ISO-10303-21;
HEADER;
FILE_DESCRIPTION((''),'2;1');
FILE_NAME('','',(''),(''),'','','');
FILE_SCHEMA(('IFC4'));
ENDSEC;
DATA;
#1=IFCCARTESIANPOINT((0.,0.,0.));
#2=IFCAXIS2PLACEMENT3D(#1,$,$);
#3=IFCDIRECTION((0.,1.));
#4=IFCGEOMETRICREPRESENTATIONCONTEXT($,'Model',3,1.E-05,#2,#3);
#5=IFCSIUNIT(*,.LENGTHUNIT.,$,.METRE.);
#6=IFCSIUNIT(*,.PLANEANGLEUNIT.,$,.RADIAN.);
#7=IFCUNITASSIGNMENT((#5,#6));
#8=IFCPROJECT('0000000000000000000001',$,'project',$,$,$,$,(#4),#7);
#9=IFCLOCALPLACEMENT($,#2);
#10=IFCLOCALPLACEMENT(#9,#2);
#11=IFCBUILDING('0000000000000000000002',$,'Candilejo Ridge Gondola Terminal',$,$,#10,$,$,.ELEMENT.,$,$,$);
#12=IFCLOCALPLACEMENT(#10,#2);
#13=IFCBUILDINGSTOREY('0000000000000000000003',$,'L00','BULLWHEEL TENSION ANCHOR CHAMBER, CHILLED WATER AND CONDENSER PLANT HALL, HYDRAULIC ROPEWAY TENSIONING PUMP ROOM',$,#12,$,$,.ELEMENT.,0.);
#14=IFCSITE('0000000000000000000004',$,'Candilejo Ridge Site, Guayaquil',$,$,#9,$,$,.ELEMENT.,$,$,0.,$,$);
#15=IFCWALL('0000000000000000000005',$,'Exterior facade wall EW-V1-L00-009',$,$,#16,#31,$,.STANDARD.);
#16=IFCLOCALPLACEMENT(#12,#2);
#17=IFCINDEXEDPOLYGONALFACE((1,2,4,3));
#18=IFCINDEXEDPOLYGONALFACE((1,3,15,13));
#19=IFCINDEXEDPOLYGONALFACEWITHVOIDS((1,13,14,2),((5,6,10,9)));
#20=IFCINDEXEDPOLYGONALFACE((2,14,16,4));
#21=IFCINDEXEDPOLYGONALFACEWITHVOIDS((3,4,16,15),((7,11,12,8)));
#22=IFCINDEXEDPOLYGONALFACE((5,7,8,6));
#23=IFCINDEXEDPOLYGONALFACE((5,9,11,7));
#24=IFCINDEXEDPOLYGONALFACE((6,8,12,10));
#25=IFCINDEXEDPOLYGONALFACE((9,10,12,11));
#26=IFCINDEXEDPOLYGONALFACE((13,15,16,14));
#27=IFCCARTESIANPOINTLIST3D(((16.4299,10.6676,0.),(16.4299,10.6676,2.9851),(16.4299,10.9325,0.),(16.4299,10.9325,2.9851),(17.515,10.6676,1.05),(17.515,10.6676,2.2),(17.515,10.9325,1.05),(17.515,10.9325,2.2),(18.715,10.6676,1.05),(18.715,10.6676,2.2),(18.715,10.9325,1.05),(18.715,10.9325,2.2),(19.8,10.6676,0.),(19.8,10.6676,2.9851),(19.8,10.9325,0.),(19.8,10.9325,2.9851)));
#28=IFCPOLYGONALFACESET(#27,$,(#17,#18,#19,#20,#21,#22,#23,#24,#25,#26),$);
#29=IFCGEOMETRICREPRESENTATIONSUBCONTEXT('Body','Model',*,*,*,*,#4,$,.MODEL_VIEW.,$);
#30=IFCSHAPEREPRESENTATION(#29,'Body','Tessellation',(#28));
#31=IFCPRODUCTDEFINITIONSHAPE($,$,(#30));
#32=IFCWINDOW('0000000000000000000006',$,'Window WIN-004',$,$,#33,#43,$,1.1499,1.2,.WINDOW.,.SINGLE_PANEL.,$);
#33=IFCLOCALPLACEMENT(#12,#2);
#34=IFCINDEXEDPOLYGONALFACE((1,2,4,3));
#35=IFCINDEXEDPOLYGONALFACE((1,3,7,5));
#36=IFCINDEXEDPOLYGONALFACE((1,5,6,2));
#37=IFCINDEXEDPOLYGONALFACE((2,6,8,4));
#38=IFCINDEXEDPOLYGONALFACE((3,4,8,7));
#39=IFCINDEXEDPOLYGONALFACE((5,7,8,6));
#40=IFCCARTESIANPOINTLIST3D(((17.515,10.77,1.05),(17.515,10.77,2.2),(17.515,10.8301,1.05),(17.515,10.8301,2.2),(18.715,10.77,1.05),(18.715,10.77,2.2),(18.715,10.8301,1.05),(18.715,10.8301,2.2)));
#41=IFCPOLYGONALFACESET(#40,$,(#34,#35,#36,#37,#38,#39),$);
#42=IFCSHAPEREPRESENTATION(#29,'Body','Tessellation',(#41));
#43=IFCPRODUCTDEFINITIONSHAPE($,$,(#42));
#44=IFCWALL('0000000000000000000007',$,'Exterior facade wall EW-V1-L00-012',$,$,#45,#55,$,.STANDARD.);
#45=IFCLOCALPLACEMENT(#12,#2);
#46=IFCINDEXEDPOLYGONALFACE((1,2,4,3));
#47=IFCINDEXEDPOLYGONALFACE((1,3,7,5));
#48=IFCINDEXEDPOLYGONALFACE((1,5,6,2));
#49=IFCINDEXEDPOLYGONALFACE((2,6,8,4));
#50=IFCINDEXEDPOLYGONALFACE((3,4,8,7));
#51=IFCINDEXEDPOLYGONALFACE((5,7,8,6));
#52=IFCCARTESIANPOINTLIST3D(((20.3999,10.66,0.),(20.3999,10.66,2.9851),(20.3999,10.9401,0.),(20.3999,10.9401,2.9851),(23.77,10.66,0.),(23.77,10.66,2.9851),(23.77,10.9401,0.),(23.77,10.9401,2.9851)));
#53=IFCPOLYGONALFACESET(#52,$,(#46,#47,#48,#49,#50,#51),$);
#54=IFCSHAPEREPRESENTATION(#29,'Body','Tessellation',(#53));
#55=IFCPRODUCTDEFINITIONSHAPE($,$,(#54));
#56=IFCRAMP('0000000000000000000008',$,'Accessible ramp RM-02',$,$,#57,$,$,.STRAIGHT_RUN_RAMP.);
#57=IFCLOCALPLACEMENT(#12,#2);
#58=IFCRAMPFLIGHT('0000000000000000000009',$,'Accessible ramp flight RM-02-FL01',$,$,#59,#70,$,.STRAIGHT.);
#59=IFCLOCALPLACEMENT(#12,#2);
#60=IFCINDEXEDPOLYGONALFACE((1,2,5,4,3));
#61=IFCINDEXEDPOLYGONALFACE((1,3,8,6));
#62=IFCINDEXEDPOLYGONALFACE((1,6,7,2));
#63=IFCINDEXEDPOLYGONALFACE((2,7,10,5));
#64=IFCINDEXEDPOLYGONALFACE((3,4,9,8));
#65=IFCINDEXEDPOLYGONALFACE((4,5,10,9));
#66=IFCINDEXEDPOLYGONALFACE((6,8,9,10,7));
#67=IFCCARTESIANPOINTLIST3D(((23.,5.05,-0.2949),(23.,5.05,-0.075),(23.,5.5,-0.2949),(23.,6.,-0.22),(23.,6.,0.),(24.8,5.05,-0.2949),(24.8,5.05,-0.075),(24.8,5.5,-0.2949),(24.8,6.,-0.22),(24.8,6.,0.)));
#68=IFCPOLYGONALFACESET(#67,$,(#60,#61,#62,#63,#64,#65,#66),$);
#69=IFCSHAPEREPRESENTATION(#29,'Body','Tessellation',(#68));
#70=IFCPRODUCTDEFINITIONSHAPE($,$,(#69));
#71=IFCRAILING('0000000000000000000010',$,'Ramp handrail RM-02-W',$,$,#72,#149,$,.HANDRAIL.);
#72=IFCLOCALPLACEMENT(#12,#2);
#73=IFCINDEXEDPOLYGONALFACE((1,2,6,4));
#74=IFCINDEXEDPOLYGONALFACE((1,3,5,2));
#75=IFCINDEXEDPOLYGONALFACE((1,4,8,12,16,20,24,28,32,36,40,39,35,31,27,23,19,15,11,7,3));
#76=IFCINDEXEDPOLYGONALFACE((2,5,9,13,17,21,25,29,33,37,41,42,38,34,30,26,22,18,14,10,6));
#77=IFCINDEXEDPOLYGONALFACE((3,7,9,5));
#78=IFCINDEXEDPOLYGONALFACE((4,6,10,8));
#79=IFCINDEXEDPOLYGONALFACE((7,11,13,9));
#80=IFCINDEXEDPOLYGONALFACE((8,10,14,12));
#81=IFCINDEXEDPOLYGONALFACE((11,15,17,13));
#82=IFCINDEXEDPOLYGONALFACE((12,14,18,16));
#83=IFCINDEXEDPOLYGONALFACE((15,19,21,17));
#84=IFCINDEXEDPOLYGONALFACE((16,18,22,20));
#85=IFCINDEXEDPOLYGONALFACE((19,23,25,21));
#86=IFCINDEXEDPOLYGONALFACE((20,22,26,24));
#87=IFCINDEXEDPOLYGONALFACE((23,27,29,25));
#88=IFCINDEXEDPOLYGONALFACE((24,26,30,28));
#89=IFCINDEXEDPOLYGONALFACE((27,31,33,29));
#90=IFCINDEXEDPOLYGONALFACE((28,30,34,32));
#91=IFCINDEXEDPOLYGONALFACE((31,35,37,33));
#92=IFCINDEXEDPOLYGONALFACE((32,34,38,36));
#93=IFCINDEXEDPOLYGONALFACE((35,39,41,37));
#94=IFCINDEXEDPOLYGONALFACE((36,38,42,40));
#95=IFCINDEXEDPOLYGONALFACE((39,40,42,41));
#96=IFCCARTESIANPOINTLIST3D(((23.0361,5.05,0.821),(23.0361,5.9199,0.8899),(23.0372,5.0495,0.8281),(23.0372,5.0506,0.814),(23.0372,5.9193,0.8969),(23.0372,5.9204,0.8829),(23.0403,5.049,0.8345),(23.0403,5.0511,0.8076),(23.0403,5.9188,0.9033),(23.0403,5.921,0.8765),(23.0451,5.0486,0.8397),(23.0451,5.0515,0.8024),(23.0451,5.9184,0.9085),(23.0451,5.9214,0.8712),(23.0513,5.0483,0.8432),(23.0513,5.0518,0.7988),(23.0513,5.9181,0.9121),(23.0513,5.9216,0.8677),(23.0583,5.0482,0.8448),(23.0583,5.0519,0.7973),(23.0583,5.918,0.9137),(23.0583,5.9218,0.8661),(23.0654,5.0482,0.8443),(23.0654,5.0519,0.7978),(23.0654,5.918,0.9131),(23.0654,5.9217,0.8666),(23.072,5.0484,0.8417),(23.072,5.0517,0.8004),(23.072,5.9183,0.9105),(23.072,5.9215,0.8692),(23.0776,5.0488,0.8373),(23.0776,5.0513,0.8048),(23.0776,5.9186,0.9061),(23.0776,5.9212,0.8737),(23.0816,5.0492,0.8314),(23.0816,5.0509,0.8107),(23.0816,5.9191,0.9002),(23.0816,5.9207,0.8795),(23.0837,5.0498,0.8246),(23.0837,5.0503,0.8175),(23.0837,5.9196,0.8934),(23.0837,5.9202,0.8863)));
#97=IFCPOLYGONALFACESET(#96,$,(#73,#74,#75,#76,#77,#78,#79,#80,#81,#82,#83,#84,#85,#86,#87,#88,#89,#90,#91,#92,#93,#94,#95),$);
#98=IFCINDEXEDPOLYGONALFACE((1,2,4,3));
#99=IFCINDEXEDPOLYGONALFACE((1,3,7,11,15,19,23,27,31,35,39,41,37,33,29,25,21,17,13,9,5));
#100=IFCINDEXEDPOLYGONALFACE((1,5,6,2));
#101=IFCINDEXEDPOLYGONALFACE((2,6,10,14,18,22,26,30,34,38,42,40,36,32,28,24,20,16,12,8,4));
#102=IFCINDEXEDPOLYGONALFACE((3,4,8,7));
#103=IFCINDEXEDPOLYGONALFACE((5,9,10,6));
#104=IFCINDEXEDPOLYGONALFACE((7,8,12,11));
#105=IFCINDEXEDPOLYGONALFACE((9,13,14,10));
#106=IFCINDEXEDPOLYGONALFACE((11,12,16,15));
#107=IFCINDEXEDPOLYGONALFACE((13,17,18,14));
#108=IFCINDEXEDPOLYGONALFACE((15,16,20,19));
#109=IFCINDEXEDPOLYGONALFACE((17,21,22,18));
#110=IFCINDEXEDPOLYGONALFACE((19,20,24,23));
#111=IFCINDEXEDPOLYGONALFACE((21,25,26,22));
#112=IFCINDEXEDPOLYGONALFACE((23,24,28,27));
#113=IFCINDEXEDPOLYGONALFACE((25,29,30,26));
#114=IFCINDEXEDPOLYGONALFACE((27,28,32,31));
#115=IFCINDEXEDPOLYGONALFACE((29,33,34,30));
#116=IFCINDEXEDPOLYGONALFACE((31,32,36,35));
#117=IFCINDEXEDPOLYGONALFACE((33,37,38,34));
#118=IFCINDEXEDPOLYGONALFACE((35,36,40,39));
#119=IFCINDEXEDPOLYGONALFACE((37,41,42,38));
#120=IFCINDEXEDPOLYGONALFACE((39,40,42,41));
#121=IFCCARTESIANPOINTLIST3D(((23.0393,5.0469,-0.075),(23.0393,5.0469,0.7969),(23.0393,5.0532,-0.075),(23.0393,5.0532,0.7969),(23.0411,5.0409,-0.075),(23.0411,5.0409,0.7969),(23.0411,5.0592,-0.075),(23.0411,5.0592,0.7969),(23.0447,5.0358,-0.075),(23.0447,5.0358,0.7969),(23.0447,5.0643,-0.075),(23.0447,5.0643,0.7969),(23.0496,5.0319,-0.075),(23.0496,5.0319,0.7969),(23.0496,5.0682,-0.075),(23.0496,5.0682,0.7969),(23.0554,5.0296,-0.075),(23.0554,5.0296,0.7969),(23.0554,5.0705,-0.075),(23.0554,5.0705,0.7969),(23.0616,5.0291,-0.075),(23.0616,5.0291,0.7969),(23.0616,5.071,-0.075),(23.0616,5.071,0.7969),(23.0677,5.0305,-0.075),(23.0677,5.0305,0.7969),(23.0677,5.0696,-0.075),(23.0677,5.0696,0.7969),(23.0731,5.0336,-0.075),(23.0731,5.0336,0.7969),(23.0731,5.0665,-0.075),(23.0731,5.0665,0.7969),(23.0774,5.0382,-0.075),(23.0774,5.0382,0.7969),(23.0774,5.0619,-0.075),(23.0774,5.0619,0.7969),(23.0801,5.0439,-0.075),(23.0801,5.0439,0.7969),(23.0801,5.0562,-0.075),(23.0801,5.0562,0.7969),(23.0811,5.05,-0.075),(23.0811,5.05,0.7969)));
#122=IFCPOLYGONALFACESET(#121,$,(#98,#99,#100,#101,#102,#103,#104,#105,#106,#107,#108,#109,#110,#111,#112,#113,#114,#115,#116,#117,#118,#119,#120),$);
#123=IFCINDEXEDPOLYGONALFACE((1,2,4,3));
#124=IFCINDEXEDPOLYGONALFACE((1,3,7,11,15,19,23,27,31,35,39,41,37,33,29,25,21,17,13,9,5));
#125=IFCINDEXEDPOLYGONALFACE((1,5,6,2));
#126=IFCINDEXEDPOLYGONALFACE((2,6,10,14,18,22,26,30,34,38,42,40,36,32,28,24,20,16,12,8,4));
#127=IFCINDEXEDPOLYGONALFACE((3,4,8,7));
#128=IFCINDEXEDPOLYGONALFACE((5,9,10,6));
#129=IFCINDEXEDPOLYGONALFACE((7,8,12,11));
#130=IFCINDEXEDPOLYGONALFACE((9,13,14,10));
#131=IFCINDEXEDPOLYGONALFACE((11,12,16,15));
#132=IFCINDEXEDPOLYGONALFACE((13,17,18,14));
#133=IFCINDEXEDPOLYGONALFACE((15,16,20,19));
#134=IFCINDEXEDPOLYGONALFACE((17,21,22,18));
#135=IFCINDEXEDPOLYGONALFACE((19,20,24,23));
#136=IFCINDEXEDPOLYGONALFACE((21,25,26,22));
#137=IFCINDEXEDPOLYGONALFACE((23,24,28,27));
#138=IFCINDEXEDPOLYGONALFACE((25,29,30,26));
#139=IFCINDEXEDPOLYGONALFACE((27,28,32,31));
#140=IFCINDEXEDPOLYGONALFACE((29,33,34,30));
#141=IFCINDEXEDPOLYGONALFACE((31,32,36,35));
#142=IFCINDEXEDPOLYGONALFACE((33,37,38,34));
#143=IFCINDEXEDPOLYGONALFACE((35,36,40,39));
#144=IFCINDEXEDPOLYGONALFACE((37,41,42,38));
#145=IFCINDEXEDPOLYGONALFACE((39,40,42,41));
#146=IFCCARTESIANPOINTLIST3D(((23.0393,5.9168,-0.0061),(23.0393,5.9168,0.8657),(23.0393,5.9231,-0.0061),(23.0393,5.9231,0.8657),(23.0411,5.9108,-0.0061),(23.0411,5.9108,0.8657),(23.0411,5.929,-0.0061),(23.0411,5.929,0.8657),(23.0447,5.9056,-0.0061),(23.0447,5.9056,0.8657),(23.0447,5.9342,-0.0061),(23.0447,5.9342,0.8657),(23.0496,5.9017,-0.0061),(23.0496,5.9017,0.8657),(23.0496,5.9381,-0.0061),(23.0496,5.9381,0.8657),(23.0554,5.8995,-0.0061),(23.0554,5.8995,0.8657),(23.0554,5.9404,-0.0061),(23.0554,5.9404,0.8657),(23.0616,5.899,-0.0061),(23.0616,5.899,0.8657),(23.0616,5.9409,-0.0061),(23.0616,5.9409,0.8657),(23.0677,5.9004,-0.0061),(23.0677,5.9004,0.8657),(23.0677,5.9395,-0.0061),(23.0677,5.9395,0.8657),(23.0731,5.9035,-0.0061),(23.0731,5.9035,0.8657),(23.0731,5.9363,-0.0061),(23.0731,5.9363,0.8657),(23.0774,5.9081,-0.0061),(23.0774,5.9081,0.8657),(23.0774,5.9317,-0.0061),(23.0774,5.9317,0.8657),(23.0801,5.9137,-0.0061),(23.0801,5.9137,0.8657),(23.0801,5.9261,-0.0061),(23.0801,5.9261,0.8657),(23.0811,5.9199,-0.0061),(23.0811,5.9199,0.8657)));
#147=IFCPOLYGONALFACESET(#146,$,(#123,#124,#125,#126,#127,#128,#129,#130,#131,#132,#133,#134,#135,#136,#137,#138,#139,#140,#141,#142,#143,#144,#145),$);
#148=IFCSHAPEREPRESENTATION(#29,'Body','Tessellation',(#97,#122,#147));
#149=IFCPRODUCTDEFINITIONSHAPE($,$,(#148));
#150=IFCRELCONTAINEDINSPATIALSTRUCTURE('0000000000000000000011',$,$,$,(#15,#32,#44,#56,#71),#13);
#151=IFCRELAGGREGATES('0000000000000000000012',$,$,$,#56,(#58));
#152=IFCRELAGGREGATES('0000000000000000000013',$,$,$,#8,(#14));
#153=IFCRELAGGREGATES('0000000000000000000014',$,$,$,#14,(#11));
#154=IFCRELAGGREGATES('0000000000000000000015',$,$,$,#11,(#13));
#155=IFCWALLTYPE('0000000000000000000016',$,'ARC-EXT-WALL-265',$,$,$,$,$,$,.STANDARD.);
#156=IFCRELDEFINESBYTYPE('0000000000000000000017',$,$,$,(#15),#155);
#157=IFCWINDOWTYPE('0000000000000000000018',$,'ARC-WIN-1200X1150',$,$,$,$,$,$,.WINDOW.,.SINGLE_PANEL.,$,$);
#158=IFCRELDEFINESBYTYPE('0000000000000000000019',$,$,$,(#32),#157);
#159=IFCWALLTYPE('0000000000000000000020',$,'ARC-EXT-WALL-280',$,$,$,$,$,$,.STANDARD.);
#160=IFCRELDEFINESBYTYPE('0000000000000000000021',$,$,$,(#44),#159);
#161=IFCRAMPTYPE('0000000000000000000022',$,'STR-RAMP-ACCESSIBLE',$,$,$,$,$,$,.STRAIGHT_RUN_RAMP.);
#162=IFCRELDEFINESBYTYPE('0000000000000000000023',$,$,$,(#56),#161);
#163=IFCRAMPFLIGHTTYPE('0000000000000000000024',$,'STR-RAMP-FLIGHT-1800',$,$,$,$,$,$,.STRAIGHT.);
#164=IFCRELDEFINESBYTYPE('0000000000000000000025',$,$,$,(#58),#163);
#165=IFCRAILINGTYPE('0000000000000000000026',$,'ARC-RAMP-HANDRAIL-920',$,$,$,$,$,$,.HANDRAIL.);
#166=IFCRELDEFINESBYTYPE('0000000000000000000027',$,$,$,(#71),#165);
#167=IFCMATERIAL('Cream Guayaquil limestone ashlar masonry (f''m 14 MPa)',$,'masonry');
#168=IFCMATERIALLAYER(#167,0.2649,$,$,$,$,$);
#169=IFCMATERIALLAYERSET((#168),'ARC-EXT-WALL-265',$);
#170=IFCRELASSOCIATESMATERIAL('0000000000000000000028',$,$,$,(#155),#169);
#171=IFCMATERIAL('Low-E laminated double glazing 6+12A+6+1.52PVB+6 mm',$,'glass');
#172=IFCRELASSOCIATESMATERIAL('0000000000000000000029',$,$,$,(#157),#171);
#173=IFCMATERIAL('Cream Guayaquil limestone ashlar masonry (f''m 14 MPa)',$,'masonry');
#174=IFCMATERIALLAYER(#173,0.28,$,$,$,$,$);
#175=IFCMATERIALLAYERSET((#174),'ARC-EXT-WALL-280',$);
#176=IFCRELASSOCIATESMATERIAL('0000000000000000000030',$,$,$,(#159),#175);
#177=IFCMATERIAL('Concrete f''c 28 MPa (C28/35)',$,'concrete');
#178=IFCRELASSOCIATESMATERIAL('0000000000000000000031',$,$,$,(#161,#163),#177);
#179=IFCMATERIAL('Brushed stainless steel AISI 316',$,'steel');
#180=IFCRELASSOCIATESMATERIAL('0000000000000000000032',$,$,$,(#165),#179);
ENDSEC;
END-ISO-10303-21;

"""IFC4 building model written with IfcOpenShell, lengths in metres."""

from ifc_helpers import new_model, si_unit, direction, frame, frame_2d, origin, origin_2d, place, context, subcontext, project, spatial, polyline, rectangle, circle, outline, extrude, material, layer, layer_set, type_object, element, fill, aggregate, save


model = new_model("IFC4")

# Units and contexts
model_context = context("Model", 3, precision=1e-05, world=origin(), true_north=direction((0.0, 1.0)))
body_context = subcontext(model_context, "Body", "Model", "MODEL_VIEW")
ifc_project = project(units=[si_unit("LENGTHUNIT", "METRE"), si_unit("PLANEANGLEUNIT", "RADIAN")], contexts=[model_context])

# Site, building, storey
site_placement = place(None, origin())
site = spatial("IfcSite", under=ifc_project, at=site_placement, Name="Candilejo Ridge Site, Guayaquil", CompositionType="ELEMENT", RefElevation=0.0)
building_placement = place(site_placement, origin())
building = spatial("IfcBuilding", under=site, at=building_placement, Name="Candilejo Ridge Gondola Terminal", CompositionType="ELEMENT")
storey_placement = place(building_placement, origin())
storey = spatial("IfcBuildingStorey", under=building, at=storey_placement, Name="L00", Description="BULLWHEEL TENSION ANCHOR CHAMBER, CHILLED WATER AND CONDENSER PLANT HALL, HYDRAULIC ROPEWAY TENSIONING PUMP ROOM", CompositionType="ELEMENT", Elevation=0.0)

# Wall, opening, window
ifc_material_1 = material(Name="Cream Guayaquil limestone ashlar masonry (f'm 14 MPa)", Category="masonry")
ifc_layer_1 = layer(ifc_material_1, 0.2649)
ifc_layer_set_1 = layer_set([ifc_layer_1], Name="ARC-EXT-WALL-265")
wall_type_1 = type_object("IfcWallType", Name="ARC-EXT-WALL-265", PredefinedType="STANDARD", material=ifc_layer_set_1)
wall_1_placement = place(storey_placement, frame((19.8, 10.8, 0.0), z_axis=(0.0, 0.0, 1.0), x_axis=(-1.0, 0.0, 0.0)))
wall_1 = element("IfcWall", 1, at=wall_1_placement, inside=storey, type_object=wall_type_1, Name="Exterior facade wall EW-V1-L00-009", PredefinedType="STANDARD", context=body_context, shape_type="SweptSolid", body=[
    extrude(rectangle(XDim=3.3701, YDim=0.2649, at=frame_2d((1.6851, 0.0))), origin(), (0.0, 0.0, 1.0), 2.9851),
])
opening_placement = place(wall_1_placement, frame((1.085, 0.0, 1.05)))
opening = element("IfcOpeningElement", 2, at=opening_placement, cuts=wall_1, PredefinedType="OPENING", context=body_context, shape_type="SweptSolid", body=[
    extrude(rectangle(XDim=1.2, YDim=1.1499, at=frame_2d((0.6001, 0.575))), frame((0.0, 0.1423, 0.0), z_axis=(0.0, -1.0, 0.0), x_axis=(1.0, 0.0, 0.0)), (0.0, 0.0, 1.0), 0.2849),
])
ifc_material_2 = material(Name="Low-E laminated double glazing 6+12A+6+1.52PVB+6 mm", Category="glass")
window_type = type_object("IfcWindowType", Name="ARC-WIN-1200X1150", PartitioningType="SINGLE_PANEL", PredefinedType="WINDOW", material=ifc_material_2)
window_placement = place(opening_placement, origin())
window = element("IfcWindow", 3, at=window_placement, inside=storey, type_object=window_type, Name="Window WIN-004", OverallHeight=1.1499, OverallWidth=1.2, PartitioningType="SINGLE_PANEL", PredefinedType="WINDOW", context=body_context, shape_type="SweptSolid", body=[
    extrude(rectangle(XDim=1.2, YDim=1.1499, at=frame_2d((0.6001, 0.575))), frame((0.0, 0.03, 0.0), z_axis=(0.0, -1.0, 0.0), x_axis=(1.0, 0.0, 0.0)), (0.0, 0.0, 1.0), 0.0601),
])
fill(opening, window)

# Wall
ifc_material_3 = material(Name="Cream Guayaquil limestone ashlar masonry (f'm 14 MPa)", Category="masonry")
ifc_layer_2 = layer(ifc_material_3, 0.28)
ifc_layer_set_2 = layer_set([ifc_layer_2], Name="ARC-EXT-WALL-280")
wall_type_2 = type_object("IfcWallType", Name="ARC-EXT-WALL-280", PredefinedType="STANDARD", material=ifc_layer_set_2)
wall_2_placement = place(storey_placement, frame((23.77, 10.8, 0.0), z_axis=(0.0, 0.0, 1.0), x_axis=(-1.0, 0.0, 0.0)))
element("IfcWall", 4, at=wall_2_placement, inside=storey, type_object=wall_type_2, Name="Exterior facade wall EW-V1-L00-012", PredefinedType="STANDARD", context=body_context, shape_type="SweptSolid", body=[
    extrude(rectangle(XDim=3.3701, YDim=0.28, at=frame_2d((1.6851, 0.0))), origin(), (0.0, 0.0, 1.0), 2.9851),
])

# Ramp, ramp flight
ifc_material_4 = material(Name="Concrete f'c 28 MPa (C28/35)", Category="concrete")
ramp_type = type_object("IfcRampType", Name="STR-RAMP-ACCESSIBLE", PredefinedType="STRAIGHT_RUN_RAMP", material=ifc_material_4)
ramp_placement = place(storey_placement, origin())
ramp = element("IfcRamp", 5, at=ramp_placement, inside=storey, type_object=ramp_type, Name="Accessible ramp RM-02", PredefinedType="STRAIGHT_RUN_RAMP")
ramp_flight_type = type_object("IfcRampFlightType", Name="STR-RAMP-FLIGHT-1800", PredefinedType="STRAIGHT", material=ifc_material_4)
ramp_flight_placement = place(storey_placement, frame((23.8999, 5.05, -0.075), z_axis=(0.0, 0.0, 1.0), x_axis=(0.0, 1.0, 0.0)))
ramp_flight = element("IfcRampFlight", 6, at=ramp_flight_placement, type_object=ramp_flight_type, Name="Accessible ramp flight RM-02-FL01", PredefinedType="STRAIGHT", context=body_context, shape_type="SweptSolid", body=[
    extrude(outline(polyline([(0.0, -0.22), (0.45, -0.22), (0.95, -0.145), (0.95, 0.075), (0.0, 0.0), (0.0, -0.22)])), frame((0.0, 0.8999, 0.0), z_axis=(0.0, -1.0, 0.0), x_axis=(1.0, 0.0, 0.0)), (0.0, 0.0, 1.0), 1.8),
])
aggregate(ramp, [ramp_flight])

# Railing
ifc_material_5 = material(Name="Brushed stainless steel AISI 316", Category="steel")
railing_type = type_object("IfcRailingType", Name="ARC-RAMP-HANDRAIL-920", PredefinedType="HANDRAIL", material=ifc_material_5)
for number, where, name in (
    (7, (23.0601, 5.05, -0.075), "Ramp handrail RM-02-W"),
):
    element("IfcRailing", number, at=place(storey_placement, frame(where)), inside=storey, type_object=railing_type, Name=name, PredefinedType="HANDRAIL", context=body_context, shape_type="SweptSolid", body=[
        extrude(circle(Radius=0.0239, at=origin_2d()), frame((0.0, 0.0, 0.896), z_axis=(0.0, 0.996883, 0.0789), x_axis=(-1.0, 0.0, 0.0)), (0.0, 0.0, 1.0), 0.8726),
        extrude(circle(Radius=0.021, at=origin_2d()), origin(), (0.0, 0.0, 1.0), 0.8718),
        extrude(circle(Radius=0.021, at=origin_2d()), frame((0.0, 0.8699, 0.0688)), (0.0, 0.0, 1.0), 0.8718),
    ])

save(model, "model.ifc")
